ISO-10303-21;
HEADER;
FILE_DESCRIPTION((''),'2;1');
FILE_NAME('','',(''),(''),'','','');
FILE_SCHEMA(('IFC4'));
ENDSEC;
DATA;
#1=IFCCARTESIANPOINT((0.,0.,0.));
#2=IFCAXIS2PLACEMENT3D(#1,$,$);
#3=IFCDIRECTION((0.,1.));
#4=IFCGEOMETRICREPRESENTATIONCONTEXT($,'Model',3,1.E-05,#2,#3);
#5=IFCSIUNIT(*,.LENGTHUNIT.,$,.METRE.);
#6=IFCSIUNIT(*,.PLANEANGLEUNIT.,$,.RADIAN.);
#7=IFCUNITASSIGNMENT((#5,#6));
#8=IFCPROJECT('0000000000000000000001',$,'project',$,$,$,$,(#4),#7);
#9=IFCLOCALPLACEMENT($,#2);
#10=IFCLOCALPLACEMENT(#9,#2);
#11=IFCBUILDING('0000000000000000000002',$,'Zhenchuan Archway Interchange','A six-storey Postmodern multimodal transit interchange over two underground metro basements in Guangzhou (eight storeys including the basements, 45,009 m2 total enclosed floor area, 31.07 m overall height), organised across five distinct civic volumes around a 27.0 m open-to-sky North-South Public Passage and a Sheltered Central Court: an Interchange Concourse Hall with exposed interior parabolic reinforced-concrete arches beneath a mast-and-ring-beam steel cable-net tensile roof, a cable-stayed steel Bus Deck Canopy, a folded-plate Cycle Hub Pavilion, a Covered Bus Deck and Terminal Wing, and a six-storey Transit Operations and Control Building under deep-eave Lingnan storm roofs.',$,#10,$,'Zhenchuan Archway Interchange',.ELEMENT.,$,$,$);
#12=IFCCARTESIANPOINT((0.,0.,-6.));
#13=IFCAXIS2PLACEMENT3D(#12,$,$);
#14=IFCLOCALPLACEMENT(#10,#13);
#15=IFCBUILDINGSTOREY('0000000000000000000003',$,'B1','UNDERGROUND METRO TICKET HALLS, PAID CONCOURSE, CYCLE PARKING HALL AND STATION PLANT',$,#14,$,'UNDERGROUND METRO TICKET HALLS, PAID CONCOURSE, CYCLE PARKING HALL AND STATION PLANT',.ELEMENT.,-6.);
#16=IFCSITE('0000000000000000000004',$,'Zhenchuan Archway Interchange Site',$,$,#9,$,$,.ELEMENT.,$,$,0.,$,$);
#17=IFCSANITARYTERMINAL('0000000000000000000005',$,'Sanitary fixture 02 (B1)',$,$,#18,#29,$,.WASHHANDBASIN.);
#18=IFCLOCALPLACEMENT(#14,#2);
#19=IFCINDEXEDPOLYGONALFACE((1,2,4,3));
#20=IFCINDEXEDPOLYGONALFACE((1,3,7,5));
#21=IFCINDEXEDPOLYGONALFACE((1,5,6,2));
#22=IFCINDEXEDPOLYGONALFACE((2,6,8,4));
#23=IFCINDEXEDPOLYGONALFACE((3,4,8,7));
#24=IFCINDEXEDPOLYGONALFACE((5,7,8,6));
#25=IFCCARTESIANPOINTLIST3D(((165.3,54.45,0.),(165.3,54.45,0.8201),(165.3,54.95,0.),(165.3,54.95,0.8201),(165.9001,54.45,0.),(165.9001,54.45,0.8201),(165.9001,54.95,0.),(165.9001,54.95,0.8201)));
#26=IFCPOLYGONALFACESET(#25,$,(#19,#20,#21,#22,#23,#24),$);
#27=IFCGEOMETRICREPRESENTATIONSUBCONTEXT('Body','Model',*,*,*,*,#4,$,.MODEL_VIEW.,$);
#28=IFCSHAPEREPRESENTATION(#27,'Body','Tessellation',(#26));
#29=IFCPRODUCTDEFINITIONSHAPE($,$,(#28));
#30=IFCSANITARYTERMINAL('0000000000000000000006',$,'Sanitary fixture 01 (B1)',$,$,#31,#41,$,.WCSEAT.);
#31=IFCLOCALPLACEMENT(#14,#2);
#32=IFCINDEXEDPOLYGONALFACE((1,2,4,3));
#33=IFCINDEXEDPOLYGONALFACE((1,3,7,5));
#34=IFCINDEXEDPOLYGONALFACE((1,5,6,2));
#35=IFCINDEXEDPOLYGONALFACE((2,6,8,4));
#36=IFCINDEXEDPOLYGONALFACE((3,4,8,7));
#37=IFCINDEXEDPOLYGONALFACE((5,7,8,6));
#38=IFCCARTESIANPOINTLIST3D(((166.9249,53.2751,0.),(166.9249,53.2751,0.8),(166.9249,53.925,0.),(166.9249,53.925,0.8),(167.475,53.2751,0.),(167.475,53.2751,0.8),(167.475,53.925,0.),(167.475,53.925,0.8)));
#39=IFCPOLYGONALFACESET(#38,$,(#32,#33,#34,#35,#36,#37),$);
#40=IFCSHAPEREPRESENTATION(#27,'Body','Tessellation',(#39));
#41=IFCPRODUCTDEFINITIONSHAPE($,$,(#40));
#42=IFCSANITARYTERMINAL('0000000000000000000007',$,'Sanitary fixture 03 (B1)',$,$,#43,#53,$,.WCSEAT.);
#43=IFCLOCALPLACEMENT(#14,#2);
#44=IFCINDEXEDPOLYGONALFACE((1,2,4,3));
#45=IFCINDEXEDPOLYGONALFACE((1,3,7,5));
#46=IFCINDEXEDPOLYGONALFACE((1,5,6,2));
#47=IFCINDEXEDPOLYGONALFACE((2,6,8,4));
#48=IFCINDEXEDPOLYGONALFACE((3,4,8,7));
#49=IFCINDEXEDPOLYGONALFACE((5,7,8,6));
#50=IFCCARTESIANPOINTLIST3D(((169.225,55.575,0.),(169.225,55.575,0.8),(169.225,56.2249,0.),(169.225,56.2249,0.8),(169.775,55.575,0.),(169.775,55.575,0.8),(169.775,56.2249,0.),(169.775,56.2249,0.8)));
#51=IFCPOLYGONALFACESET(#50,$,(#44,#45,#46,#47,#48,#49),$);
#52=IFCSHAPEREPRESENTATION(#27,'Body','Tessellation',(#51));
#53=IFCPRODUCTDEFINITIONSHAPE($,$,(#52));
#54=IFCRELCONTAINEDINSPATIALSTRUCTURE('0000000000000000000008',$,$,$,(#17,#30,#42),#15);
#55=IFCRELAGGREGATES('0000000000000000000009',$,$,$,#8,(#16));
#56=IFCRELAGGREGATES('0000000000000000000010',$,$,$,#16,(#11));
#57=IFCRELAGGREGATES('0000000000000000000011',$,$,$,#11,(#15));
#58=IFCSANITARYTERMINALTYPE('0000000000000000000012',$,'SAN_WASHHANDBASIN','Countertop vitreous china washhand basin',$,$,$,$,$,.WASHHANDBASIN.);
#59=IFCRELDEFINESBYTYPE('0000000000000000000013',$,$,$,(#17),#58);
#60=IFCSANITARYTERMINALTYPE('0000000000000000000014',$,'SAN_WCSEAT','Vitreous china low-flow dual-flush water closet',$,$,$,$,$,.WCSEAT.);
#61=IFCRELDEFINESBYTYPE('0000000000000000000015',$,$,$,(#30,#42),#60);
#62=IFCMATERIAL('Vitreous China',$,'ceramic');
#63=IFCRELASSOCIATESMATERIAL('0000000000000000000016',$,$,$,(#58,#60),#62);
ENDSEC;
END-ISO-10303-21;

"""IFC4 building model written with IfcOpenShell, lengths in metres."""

from ifc_helpers import new_model, si_unit, direction, frame, origin, origin_2d, place, context, subcontext, project, spatial, rectangle, extrude, material, type_object, element, save


model = new_model("IFC4")

# Units and contexts
model_context = context("Model", 3, precision=1e-05, world=origin(), true_north=direction((0.0, 1.0)))
body_context = subcontext(model_context, "Body", "Model", "MODEL_VIEW")
ifc_project = project(units=[si_unit("LENGTHUNIT", "METRE"), si_unit("PLANEANGLEUNIT", "RADIAN")], contexts=[model_context])

# Site, building, storey
site_placement = place(None, origin())
site = spatial("IfcSite", under=ifc_project, at=site_placement, Name="Zhenchuan Archway Interchange Site", CompositionType="ELEMENT", RefElevation=0.0)
building_placement = place(site_placement, origin())
building = spatial("IfcBuilding", under=site, at=building_placement, Name="Zhenchuan Archway Interchange", Description="A six-storey Postmodern multimodal transit interchange over two underground metro basements in Guangzhou (eight storeys including the basements, 45,009 m2 total enclosed floor area, 31.07 m overall height), organised across five distinct civic volumes around a 27.0 m open-to-sky North-South Public Passage and a Sheltered Central Court: an Interchange Concourse Hall with exposed interior parabolic reinforced-concrete arches beneath a mast-and-ring-beam steel cable-net tensile roof, a cable-stayed steel Bus Deck Canopy, a folded-plate Cycle Hub Pavilion, a Covered Bus Deck and Terminal Wing, and a six-storey Transit Operations and Control Building under deep-eave Lingnan storm roofs.", LongName="Zhenchuan Archway Interchange", CompositionType="ELEMENT")
storey_placement = place(building_placement, frame((0.0, 0.0, -6.0)))
storey = spatial("IfcBuildingStorey", under=building, at=storey_placement, Name="B1", Description="UNDERGROUND METRO TICKET HALLS, PAID CONCOURSE, CYCLE PARKING HALL AND STATION PLANT", LongName="UNDERGROUND METRO TICKET HALLS, PAID CONCOURSE, CYCLE PARKING HALL AND STATION PLANT", CompositionType="ELEMENT", Elevation=-6.0)

# Sanitary terminals
ifc_material_1 = material(Name="Vitreous China", Category="ceramic")
sanitary_terminal_type_1 = type_object("IfcSanitaryTerminalType", Name="SAN_WASHHANDBASIN", Description="Countertop vitreous china washhand basin", PredefinedType="WASHHANDBASIN", material=ifc_material_1)
sanitary_terminal_placement = place(storey_placement, frame((165.6001, 54.7, 0.0), z_axis=(0.0, 0.0, 1.0), x_axis=(1.0, 0.0, 0.0)))
element("IfcSanitaryTerminal", 1, at=sanitary_terminal_placement, inside=storey, type_object=sanitary_terminal_type_1, Name="Sanitary fixture 02 (B1)", PredefinedType="WASHHANDBASIN", context=body_context, shape_type="SweptSolid", body=[
    extrude(rectangle(XDim=0.6001, YDim=0.5, at=origin_2d()), origin(), (0.0, 0.0, 1.0), 0.8201),
])
sanitary_terminal_type_2 = type_object("IfcSanitaryTerminalType", Name="SAN_WCSEAT", Description="Vitreous china low-flow dual-flush water closet", PredefinedType="WCSEAT", material=ifc_material_1)
for number, where, z_axis, x_axis, name in (
    (2, (167.2, 53.6001, 0.0), (0.0, 0.0, 1.0), (1.0, 0.0, 0.0), "Sanitary fixture 01 (B1)"),
    (3, (169.5, 55.8999, 0.0), (0.0, 0.0, 1.0), (1.0, 0.0, 0.0), "Sanitary fixture 03 (B1)"),
):
    element("IfcSanitaryTerminal", number, at=place(storey_placement, frame(where, z_axis=z_axis, x_axis=x_axis)), inside=storey, type_object=sanitary_terminal_type_2, Name=name, PredefinedType="WCSEAT", context=body_context, shape_type="SweptSolid", body=[
        extrude(rectangle(XDim=0.55, YDim=0.6499, at=origin_2d()), origin(), (0.0, 0.0, 1.0), 0.8),
    ])

save(model, "model.ifc")
